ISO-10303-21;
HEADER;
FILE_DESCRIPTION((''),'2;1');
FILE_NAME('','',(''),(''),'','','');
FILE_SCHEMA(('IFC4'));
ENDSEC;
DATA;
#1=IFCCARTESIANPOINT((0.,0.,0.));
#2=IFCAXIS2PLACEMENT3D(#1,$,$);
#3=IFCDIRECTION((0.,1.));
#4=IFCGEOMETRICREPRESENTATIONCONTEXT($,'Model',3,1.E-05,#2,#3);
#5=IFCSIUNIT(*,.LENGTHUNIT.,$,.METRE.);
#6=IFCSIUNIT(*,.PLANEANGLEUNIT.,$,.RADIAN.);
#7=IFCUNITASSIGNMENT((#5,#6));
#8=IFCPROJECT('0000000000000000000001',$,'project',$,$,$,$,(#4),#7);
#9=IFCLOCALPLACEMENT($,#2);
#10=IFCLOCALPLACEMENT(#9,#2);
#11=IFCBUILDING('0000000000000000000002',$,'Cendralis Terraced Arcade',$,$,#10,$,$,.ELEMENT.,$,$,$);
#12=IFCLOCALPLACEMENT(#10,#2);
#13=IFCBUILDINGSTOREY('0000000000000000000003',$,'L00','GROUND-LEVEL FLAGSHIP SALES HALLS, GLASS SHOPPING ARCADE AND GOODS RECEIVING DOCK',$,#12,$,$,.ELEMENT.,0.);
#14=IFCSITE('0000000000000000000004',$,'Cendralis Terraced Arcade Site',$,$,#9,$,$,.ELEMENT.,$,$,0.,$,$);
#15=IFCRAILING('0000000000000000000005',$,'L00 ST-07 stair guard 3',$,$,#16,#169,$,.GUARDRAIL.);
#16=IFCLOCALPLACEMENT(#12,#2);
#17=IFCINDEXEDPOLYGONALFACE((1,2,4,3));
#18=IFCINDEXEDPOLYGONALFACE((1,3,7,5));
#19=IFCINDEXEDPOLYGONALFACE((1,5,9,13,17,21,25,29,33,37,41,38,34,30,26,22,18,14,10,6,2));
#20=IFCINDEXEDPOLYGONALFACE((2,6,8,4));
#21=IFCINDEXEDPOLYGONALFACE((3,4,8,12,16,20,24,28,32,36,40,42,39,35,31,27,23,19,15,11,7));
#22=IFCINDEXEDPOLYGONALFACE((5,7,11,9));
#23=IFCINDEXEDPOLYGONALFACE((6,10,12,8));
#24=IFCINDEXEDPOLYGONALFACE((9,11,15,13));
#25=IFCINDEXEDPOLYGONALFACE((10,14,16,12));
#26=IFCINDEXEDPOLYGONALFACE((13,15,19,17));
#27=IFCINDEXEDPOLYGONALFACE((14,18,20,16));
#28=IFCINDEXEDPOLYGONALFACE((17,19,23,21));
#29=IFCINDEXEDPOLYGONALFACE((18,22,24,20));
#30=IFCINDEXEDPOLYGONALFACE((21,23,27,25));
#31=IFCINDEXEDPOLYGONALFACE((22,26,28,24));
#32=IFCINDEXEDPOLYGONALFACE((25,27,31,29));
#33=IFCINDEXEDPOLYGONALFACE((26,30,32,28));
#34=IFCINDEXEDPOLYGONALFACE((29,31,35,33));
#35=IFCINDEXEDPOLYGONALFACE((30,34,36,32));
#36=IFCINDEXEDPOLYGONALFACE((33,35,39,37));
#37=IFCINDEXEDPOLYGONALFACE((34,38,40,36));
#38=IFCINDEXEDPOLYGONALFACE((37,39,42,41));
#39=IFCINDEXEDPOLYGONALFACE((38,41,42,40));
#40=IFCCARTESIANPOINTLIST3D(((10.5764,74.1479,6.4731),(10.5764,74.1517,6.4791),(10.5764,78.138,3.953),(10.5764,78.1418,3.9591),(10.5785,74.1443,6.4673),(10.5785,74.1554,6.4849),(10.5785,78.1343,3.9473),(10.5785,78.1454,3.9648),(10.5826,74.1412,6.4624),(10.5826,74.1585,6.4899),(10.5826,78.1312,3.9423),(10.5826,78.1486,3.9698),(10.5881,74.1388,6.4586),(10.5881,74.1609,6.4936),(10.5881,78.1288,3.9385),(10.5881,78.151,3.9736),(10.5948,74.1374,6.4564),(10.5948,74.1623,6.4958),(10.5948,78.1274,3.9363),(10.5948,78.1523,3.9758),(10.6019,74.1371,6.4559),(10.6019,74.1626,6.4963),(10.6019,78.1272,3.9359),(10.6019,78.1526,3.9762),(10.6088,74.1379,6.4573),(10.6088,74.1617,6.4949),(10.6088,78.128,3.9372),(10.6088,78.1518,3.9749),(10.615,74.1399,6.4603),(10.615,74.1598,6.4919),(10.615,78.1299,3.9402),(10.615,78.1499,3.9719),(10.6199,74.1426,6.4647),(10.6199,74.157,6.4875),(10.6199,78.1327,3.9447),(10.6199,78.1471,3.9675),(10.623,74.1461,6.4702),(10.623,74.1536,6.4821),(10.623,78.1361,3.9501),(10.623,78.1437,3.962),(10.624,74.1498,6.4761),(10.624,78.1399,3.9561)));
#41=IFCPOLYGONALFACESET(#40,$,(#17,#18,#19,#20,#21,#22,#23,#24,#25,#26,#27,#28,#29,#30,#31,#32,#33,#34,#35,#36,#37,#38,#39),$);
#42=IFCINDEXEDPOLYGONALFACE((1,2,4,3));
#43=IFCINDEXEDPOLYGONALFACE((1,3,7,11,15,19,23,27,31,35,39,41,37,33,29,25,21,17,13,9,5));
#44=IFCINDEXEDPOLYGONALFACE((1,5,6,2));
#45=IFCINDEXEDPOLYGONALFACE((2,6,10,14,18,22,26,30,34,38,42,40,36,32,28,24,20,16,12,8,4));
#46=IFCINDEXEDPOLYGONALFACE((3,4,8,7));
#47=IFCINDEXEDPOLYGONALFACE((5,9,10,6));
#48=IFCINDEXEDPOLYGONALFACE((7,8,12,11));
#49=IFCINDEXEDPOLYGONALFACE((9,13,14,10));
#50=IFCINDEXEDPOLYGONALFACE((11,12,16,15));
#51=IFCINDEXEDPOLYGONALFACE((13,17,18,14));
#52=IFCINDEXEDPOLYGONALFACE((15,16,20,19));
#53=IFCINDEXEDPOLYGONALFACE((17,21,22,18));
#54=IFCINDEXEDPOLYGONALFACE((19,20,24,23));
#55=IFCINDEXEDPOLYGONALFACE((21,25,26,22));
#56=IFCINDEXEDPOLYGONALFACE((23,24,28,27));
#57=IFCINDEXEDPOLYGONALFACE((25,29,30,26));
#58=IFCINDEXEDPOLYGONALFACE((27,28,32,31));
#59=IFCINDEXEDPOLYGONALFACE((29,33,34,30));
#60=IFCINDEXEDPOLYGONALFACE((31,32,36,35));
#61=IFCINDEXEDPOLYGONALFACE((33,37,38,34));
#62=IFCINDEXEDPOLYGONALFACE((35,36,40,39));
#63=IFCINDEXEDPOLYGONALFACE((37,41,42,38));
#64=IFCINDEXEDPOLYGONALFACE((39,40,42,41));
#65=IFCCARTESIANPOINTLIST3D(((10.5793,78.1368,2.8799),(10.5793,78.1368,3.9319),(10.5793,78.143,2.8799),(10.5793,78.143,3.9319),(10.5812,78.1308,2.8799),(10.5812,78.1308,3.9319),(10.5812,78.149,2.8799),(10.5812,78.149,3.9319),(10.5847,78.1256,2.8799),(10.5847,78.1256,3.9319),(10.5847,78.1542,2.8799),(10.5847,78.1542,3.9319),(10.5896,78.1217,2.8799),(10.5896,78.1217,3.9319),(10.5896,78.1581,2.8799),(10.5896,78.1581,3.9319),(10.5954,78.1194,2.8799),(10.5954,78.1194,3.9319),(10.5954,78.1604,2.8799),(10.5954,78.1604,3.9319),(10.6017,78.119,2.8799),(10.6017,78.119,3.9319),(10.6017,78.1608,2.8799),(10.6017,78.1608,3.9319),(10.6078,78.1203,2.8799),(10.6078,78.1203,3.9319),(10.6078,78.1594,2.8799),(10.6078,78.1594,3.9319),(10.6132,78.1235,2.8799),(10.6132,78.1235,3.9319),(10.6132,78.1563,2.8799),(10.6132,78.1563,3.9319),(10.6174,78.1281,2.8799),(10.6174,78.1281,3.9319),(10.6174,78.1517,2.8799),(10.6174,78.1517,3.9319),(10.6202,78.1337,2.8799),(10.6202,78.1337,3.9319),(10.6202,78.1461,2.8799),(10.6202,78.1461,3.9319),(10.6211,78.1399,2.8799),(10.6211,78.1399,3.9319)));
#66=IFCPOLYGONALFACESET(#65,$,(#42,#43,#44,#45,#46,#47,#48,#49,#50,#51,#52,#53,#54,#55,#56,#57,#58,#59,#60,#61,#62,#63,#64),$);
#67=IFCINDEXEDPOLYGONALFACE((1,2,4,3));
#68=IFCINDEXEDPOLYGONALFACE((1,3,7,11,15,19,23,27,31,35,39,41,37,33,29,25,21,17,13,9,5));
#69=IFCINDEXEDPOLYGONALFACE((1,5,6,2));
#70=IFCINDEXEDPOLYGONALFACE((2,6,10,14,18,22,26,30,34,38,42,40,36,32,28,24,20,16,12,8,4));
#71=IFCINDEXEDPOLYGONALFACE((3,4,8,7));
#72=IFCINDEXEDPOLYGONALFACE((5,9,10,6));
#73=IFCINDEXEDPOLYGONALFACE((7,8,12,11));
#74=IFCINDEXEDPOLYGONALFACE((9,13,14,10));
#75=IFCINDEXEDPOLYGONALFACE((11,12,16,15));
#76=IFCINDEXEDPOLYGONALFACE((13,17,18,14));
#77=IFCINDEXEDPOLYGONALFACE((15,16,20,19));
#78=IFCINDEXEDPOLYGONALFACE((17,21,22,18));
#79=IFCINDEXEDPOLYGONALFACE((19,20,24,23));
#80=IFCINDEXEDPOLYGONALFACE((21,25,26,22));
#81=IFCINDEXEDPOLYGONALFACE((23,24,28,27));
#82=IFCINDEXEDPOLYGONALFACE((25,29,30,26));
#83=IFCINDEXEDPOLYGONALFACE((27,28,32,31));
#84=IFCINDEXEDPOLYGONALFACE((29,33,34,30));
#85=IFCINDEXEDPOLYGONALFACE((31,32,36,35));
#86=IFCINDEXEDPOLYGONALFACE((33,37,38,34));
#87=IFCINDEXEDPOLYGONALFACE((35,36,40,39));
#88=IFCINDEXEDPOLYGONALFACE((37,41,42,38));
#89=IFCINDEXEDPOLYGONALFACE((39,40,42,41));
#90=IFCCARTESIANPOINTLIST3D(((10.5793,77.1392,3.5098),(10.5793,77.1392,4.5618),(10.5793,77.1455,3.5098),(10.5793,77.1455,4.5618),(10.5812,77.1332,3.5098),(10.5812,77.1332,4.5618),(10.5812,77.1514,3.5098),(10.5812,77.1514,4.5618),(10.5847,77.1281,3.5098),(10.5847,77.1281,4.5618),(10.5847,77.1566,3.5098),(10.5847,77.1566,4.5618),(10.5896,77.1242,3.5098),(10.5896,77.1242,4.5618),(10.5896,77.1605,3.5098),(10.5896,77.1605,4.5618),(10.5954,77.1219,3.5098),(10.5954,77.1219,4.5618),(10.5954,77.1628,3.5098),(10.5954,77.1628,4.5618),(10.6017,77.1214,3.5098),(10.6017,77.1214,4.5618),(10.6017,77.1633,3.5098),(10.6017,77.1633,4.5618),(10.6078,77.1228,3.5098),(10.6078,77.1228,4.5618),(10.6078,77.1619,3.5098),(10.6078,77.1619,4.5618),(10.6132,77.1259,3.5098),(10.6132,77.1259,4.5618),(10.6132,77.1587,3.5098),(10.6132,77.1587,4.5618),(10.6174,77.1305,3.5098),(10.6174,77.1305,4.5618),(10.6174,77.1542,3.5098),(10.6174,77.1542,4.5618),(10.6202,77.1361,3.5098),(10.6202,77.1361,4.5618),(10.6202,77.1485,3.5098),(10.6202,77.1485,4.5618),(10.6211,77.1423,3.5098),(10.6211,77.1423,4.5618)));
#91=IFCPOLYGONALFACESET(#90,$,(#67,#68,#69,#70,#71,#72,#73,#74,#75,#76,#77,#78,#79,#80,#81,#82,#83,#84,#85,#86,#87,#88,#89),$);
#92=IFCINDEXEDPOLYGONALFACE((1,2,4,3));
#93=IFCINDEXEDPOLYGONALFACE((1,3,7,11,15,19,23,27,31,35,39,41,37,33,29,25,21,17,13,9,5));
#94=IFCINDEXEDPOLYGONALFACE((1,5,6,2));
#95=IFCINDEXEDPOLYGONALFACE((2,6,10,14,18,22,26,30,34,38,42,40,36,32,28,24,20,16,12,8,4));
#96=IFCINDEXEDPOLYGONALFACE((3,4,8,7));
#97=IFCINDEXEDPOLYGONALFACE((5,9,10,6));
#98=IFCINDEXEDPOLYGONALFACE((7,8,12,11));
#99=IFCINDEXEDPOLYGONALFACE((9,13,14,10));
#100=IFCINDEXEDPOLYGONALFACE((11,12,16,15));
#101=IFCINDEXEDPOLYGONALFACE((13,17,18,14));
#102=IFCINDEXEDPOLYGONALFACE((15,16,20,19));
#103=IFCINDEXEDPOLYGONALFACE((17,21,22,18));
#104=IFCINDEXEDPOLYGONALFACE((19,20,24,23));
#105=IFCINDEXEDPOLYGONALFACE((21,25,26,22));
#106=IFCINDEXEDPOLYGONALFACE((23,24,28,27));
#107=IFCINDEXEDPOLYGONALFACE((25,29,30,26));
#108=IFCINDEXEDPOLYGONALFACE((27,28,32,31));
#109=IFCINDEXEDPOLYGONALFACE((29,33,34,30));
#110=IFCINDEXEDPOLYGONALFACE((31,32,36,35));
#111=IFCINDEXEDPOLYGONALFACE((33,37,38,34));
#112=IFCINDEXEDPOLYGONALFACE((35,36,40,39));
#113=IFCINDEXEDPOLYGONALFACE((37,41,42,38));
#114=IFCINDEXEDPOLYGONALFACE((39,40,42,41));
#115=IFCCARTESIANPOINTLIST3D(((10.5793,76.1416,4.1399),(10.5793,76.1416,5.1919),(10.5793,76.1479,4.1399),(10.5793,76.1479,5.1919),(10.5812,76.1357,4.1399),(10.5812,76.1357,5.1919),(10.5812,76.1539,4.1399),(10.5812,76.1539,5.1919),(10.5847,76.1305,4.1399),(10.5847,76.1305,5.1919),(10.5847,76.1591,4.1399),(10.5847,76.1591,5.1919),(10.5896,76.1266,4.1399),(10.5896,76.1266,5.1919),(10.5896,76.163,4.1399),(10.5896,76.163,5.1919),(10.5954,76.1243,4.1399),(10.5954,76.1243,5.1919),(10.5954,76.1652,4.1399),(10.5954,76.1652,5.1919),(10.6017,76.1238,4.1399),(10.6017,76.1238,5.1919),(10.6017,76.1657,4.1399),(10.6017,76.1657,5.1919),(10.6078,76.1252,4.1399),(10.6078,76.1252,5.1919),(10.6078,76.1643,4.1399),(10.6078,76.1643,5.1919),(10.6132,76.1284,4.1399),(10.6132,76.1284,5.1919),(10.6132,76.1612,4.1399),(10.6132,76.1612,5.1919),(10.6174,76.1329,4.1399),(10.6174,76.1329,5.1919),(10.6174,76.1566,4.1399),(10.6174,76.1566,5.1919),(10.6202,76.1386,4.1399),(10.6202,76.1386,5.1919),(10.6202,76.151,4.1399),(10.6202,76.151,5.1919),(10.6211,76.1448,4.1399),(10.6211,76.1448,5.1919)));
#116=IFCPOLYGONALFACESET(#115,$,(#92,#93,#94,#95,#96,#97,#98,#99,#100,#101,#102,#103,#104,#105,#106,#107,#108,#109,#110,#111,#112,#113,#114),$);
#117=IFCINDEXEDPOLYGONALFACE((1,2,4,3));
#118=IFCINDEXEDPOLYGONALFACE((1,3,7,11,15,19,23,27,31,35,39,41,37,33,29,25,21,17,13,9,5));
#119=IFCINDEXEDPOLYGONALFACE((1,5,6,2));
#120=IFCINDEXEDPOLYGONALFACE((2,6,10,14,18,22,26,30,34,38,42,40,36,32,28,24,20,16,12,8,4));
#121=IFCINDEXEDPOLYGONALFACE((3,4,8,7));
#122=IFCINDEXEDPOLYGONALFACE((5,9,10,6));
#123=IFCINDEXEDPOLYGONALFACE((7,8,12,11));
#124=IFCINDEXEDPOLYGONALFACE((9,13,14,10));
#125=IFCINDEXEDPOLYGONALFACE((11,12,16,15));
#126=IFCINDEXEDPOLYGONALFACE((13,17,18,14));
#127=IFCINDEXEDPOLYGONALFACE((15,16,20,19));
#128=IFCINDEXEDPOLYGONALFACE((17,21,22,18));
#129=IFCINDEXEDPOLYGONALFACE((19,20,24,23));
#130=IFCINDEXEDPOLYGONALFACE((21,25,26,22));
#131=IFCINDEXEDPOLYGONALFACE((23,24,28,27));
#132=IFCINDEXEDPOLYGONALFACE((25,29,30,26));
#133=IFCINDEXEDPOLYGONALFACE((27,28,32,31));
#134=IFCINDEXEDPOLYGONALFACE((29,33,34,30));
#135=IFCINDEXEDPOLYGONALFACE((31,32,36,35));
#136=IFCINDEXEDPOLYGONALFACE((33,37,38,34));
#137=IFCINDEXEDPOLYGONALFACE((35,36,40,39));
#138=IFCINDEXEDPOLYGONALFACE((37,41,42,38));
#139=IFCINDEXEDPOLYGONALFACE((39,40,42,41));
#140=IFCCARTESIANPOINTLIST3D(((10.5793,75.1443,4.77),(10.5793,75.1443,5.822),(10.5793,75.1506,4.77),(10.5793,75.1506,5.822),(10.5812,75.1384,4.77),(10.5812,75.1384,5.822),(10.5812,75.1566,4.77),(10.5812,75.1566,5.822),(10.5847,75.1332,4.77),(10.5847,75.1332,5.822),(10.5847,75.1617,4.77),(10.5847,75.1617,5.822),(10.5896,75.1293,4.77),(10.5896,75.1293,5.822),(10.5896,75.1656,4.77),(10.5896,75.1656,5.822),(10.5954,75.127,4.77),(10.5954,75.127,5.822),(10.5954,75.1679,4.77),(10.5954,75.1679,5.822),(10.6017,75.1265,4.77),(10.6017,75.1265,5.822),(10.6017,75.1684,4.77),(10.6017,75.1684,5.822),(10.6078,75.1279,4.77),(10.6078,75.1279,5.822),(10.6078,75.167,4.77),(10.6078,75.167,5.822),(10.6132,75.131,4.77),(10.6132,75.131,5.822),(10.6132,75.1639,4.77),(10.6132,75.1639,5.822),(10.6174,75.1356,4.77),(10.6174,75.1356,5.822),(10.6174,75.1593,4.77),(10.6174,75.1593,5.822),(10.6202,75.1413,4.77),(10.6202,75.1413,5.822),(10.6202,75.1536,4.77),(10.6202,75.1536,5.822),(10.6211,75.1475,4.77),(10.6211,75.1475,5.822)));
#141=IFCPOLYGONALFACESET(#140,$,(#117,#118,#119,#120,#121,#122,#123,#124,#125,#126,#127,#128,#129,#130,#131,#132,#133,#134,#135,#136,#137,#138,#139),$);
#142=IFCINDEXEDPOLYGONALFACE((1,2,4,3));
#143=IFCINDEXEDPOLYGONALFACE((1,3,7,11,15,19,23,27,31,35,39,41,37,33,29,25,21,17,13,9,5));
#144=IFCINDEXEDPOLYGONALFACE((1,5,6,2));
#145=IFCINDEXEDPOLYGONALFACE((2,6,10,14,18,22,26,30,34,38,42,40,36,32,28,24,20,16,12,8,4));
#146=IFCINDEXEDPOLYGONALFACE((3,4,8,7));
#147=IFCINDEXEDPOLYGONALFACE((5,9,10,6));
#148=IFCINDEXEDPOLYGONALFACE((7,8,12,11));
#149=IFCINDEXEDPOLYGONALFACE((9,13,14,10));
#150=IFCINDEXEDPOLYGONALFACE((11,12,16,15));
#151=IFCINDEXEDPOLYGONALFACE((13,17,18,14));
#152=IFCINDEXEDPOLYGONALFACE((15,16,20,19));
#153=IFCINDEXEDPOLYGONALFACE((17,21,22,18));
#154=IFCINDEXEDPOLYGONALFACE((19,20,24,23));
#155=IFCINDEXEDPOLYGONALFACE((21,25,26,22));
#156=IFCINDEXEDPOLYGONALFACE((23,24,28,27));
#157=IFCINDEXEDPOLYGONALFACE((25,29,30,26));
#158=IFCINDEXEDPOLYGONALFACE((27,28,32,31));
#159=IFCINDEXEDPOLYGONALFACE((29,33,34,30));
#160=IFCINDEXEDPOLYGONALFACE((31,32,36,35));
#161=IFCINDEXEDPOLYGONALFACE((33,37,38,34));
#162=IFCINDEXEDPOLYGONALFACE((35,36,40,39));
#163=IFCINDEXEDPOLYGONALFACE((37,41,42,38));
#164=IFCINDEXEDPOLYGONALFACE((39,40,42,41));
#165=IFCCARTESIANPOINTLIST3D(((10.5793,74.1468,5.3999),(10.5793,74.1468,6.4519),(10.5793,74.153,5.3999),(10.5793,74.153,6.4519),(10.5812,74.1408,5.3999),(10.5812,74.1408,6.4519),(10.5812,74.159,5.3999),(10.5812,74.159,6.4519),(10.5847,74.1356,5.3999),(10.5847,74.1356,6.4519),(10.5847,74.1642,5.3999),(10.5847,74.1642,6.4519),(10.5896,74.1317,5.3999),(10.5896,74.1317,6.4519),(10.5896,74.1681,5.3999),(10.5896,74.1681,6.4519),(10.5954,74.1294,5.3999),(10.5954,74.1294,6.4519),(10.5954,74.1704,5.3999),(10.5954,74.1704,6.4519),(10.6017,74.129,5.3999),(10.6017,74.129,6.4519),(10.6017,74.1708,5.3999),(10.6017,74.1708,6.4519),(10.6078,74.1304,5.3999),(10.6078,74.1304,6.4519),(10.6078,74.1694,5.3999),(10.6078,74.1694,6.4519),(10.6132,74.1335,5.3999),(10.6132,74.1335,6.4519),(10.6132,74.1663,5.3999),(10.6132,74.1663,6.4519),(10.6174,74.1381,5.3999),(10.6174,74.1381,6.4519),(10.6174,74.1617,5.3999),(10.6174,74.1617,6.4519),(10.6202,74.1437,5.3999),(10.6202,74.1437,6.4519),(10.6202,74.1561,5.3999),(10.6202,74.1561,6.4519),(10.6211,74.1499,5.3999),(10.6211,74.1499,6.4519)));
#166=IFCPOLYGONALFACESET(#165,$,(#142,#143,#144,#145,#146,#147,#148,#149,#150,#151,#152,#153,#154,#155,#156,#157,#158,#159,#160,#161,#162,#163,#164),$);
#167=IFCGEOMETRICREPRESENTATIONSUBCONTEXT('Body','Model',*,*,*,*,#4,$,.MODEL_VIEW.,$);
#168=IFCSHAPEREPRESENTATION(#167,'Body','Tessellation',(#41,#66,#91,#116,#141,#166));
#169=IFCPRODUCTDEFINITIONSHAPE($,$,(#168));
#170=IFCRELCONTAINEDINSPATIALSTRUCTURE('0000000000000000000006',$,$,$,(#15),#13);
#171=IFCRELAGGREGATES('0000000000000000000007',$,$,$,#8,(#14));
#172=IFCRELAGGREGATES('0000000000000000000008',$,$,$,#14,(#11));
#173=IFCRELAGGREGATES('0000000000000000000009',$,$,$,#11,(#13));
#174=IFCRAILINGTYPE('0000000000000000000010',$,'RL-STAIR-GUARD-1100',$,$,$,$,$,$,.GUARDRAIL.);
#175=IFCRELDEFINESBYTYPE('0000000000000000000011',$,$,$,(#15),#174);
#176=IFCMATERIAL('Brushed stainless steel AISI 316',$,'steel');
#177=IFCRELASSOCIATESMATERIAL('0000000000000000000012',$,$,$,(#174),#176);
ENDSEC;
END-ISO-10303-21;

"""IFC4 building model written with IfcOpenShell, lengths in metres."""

from ifc_helpers import new_model, si_unit, direction, frame, origin, origin_2d, place, context, subcontext, project, spatial, circle, extrude, material, type_object, element, save


model = new_model("IFC4")

# Units and contexts
model_context = context("Model", 3, precision=1e-05, world=origin(), true_north=direction((0.0, 1.0)))
body_context = subcontext(model_context, "Body", "Model", "MODEL_VIEW")
ifc_project = project(units=[si_unit("LENGTHUNIT", "METRE"), si_unit("PLANEANGLEUNIT", "RADIAN")], contexts=[model_context])

# Site, building, storey
site_placement = place(None, origin())
site = spatial("IfcSite", under=ifc_project, at=site_placement, Name="Cendralis Terraced Arcade Site", CompositionType="ELEMENT", RefElevation=0.0)
building_placement = place(site_placement, origin())
building = spatial("IfcBuilding", under=site, at=building_placement, Name="Cendralis Terraced Arcade", CompositionType="ELEMENT")
storey_placement = place(building_placement, origin())
storey = spatial("IfcBuildingStorey", under=building, at=storey_placement, Name="L00", Description="GROUND-LEVEL FLAGSHIP SALES HALLS, GLASS SHOPPING ARCADE AND GOODS RECEIVING DOCK", CompositionType="ELEMENT", Elevation=0.0)

# Railing
ifc_material_1 = material(Name="Brushed stainless steel AISI 316", Category="steel")
railing_type_1 = type_object("IfcRailingType", Name="RL-STAIR-GUARD-1100", PredefinedType="GUARDRAIL", material=ifc_material_1)
railing_1_placement = place(storey_placement, frame((10.6001, 78.1399, 2.8799)))
element("IfcRailing", 1, at=railing_1_placement, inside=storey, type_object=railing_type_1, Name="L00 ST-07 stair guard 3", PredefinedType="GUARDRAIL", context=body_context, shape_type="SweptSolid", body=[
    extrude(circle(Radius=0.0239, at=origin_2d()), frame((0.0, 0.0, 1.0762), z_axis=(0.0, -0.845486, 0.533997), x_axis=(1.0, 0.0, 0.0)), (0.0, 0.0, 1.0), 4.7192),
    extrude(circle(Radius=0.021, at=origin_2d()), origin(), (0.0, 0.0, 1.0), 1.052),
    extrude(circle(Radius=0.021, at=origin_2d()), frame((0.0, -0.9976, 0.6299)), (0.0, 0.0, 1.0), 1.052),
    extrude(circle(Radius=0.021, at=origin_2d()), frame((0.0, -1.9951, 1.26)), (0.0, 0.0, 1.0), 1.052),
    extrude(circle(Radius=0.021, at=origin_2d()), frame((0.0, -2.9924, 1.8901)), (0.0, 0.0, 1.0), 1.052),
    extrude(circle(Radius=0.021, at=origin_2d()), frame((0.0, -3.99, 2.52)), (0.0, 0.0, 1.0), 1.052),
])

save(model, "model.ifc")
